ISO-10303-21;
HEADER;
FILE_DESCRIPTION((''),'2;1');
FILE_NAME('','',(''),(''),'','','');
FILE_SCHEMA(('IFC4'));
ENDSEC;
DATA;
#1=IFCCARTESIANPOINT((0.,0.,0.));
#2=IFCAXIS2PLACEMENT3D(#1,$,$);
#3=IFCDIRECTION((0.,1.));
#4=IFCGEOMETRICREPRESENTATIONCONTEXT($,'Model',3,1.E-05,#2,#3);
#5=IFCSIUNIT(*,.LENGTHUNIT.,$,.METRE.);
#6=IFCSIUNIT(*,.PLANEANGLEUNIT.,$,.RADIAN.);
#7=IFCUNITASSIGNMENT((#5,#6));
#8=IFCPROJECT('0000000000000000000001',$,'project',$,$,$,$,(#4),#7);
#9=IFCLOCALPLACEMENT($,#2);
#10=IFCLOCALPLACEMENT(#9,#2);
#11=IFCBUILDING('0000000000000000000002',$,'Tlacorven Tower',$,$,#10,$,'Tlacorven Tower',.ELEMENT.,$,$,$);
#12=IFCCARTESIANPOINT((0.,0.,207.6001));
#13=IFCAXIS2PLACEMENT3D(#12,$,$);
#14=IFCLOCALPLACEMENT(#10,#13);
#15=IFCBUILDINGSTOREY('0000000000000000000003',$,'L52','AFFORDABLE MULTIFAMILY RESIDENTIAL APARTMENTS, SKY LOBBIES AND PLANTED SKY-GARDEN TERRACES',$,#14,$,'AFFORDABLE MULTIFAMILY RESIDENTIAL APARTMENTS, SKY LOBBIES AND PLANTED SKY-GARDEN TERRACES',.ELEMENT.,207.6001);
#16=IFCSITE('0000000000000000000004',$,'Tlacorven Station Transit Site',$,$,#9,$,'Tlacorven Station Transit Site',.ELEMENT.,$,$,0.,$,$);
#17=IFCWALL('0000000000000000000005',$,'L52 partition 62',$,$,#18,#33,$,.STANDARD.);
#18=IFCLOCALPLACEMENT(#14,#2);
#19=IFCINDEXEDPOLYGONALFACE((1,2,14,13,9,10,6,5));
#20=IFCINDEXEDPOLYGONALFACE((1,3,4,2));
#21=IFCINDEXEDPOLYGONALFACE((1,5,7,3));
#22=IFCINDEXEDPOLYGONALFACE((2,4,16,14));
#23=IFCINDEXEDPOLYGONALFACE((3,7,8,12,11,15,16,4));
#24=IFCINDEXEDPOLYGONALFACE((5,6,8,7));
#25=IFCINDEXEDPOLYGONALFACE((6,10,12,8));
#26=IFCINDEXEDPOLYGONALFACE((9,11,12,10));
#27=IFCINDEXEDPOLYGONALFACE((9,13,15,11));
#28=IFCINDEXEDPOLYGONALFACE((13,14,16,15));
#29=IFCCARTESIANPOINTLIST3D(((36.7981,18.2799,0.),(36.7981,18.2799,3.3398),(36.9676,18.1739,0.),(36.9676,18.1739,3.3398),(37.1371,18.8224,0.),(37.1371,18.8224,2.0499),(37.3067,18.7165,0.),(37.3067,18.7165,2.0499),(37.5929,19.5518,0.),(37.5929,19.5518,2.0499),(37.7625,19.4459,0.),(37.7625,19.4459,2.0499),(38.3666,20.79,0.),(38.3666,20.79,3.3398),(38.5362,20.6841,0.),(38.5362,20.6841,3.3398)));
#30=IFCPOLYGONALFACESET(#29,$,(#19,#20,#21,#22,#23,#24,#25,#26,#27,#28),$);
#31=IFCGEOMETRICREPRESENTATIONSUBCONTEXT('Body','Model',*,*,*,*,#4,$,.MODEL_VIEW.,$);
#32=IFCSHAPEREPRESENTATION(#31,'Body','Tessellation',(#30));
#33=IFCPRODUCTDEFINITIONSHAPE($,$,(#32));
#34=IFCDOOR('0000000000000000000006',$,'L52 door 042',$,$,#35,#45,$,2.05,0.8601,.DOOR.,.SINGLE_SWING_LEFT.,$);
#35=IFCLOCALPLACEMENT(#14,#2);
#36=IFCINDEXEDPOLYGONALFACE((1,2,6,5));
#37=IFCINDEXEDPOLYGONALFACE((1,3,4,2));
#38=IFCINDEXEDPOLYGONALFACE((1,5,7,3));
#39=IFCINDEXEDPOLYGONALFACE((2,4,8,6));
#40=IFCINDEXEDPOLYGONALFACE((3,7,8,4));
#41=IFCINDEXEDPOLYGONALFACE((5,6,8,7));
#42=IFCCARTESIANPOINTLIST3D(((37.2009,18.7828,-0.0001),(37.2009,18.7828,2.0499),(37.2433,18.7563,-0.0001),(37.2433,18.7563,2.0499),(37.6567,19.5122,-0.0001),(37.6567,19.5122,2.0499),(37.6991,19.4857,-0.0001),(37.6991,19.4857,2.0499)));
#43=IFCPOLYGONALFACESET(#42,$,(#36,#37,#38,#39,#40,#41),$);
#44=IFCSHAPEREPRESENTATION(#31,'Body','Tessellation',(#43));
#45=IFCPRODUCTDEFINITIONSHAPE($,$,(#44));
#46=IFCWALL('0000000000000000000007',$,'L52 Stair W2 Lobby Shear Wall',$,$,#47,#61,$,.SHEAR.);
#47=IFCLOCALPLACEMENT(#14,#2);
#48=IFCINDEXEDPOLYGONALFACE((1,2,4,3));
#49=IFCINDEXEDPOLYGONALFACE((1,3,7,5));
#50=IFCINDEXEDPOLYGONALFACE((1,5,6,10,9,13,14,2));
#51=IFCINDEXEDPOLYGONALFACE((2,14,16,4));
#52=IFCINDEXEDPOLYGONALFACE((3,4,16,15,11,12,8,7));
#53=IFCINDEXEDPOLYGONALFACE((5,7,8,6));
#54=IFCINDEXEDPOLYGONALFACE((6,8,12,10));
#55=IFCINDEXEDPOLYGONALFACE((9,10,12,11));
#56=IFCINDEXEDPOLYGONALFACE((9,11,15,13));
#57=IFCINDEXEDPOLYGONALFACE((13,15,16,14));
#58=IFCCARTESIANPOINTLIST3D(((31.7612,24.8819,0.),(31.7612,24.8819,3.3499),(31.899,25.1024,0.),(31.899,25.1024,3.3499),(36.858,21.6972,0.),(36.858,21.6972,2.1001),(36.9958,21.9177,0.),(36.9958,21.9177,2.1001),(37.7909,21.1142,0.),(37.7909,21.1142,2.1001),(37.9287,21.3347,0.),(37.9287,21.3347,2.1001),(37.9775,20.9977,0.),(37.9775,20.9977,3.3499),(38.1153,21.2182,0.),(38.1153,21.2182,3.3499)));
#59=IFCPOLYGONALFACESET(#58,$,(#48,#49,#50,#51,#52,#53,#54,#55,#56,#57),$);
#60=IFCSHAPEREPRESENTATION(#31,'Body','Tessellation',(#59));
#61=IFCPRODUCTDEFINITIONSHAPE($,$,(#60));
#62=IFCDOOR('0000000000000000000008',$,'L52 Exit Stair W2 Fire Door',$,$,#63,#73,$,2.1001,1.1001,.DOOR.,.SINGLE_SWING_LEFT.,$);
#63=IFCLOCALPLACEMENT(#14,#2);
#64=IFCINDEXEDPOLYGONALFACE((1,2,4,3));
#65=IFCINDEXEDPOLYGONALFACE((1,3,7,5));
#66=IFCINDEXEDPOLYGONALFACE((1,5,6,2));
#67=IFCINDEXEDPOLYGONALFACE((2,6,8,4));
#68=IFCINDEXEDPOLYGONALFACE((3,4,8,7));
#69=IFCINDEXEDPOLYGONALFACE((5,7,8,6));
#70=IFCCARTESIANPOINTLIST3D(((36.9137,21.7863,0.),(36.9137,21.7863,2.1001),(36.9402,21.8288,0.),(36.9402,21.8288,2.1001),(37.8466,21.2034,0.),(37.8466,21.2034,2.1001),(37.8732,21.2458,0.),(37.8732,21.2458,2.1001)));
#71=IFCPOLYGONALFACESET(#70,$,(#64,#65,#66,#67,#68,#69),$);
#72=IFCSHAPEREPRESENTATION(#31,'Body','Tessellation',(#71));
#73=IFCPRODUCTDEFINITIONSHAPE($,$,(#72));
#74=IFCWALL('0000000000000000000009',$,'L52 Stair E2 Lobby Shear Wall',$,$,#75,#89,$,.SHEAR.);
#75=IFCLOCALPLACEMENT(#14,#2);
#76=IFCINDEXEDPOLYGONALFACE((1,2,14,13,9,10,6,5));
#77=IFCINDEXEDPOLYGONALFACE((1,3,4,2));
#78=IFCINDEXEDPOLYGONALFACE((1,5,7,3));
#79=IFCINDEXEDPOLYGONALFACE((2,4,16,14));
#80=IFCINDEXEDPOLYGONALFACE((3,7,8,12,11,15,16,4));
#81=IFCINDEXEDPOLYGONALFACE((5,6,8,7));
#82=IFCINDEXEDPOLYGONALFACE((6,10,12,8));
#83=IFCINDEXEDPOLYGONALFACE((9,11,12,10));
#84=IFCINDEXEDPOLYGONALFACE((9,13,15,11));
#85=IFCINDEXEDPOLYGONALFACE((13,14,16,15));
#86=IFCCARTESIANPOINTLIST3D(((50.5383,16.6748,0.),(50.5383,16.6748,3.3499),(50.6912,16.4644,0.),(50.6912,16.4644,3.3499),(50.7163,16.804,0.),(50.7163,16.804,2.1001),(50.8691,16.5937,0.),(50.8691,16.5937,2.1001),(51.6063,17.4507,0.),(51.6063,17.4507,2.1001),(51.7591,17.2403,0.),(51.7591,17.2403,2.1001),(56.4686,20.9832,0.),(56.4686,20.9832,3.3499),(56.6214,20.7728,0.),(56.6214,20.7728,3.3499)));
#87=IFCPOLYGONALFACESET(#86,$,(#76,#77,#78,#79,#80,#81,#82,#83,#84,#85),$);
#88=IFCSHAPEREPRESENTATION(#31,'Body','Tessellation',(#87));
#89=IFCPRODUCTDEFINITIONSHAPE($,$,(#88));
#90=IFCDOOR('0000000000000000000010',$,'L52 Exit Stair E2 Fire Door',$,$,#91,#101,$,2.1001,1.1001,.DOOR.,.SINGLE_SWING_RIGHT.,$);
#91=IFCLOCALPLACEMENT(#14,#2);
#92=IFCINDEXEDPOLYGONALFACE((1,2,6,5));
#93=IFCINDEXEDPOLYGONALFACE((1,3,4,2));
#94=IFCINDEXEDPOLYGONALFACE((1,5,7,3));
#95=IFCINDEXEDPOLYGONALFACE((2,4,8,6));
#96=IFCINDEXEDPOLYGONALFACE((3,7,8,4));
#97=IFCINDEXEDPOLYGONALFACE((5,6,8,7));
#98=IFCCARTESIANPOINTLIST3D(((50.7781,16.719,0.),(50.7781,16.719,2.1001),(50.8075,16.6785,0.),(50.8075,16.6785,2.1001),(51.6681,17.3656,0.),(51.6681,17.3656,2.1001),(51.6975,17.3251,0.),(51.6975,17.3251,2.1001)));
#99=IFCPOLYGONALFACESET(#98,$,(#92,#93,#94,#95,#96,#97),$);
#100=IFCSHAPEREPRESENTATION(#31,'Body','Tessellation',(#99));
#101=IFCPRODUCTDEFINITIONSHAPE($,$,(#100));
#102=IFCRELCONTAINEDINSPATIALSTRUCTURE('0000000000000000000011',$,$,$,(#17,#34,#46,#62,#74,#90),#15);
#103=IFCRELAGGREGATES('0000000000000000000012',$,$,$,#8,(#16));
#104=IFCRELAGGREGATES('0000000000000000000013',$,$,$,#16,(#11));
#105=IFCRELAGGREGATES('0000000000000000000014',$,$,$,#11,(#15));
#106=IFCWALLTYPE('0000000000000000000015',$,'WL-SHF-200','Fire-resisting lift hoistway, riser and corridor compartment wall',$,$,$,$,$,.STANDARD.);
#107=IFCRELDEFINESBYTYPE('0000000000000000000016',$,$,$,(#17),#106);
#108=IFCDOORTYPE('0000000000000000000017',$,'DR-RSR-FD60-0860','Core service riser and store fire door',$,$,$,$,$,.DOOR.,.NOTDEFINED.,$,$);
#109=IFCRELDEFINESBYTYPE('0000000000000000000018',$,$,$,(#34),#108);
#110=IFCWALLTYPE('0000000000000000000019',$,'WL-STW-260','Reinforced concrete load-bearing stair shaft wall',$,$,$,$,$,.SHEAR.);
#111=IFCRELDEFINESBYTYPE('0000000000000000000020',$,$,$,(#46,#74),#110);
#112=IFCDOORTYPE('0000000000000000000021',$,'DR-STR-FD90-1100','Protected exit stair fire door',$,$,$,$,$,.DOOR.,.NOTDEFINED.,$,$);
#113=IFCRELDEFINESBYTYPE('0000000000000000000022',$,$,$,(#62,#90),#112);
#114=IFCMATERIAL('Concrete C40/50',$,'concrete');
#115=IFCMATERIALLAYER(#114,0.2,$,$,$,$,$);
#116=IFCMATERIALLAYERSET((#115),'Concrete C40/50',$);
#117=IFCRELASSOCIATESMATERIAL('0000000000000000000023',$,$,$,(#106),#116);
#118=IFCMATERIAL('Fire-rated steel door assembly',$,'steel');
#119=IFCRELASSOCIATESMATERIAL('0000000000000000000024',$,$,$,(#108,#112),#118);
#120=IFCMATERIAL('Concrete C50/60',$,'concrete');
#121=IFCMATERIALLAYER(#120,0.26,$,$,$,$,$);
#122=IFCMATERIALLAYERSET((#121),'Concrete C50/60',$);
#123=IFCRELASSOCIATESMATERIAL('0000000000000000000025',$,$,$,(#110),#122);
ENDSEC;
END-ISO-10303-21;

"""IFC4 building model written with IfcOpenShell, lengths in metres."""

from ifc_helpers import new_model, si_unit, direction, frame, frame_2d, origin, place, context, subcontext, project, spatial, rectangle, extrude, source, transform, mapped, material, layer, layer_set, type_object, element, fill, save


model = new_model("IFC4")

# Units and contexts
model_context = context("Model", 3, precision=1e-05, world=origin(), true_north=direction((0.0, 1.0)))
body_context = subcontext(model_context, "Body", "Model", "MODEL_VIEW")
ifc_project = project(units=[si_unit("LENGTHUNIT", "METRE"), si_unit("PLANEANGLEUNIT", "RADIAN")], contexts=[model_context])

# Site, building, storey
site_placement = place(None, origin())
site = spatial("IfcSite", under=ifc_project, at=site_placement, Name="Tlacorven Station Transit Site", LongName="Tlacorven Station Transit Site", CompositionType="ELEMENT", RefElevation=0.0)
building_placement = place(site_placement, origin())
building = spatial("IfcBuilding", under=site, at=building_placement, Name="Tlacorven Tower", LongName="Tlacorven Tower", CompositionType="ELEMENT")
storey_placement = place(building_placement, frame((0.0, 0.0, 207.6001)))
storey = spatial("IfcBuildingStorey", under=building, at=storey_placement, Name="L52", Description="AFFORDABLE MULTIFAMILY RESIDENTIAL APARTMENTS, SKY LOBBIES AND PLANTED SKY-GARDEN TERRACES", LongName="AFFORDABLE MULTIFAMILY RESIDENTIAL APARTMENTS, SKY LOBBIES AND PLANTED SKY-GARDEN TERRACES", CompositionType="ELEMENT", Elevation=207.6001)

# Shared definitions
ifc_material_1 = material(Name="Concrete C50/60", Category="concrete")

# Shared definitions
ifc_material_2 = material(Name="Fire-rated steel door assembly", Category="steel")

# Walls, openings, doors
ifc_material_3 = material(Name="Concrete C40/50", Category="concrete")
ifc_layer_1 = layer(ifc_material_3, 0.2)
ifc_layer_set_1 = layer_set([ifc_layer_1], Name="Concrete C40/50")
wall_type_1 = type_object("IfcWallType", Name="WL-SHF-200", Description="Fire-resisting lift hoistway, riser and corridor compartment wall", PredefinedType="STANDARD", material=ifc_layer_set_1)
wall_1_placement = place(storey_placement, frame((38.4514, 20.7371, 0.0), z_axis=(0.0, 0.0, 1.0), x_axis=(-0.529925, -0.848045, 0.0)))
wall_1 = element("IfcWall", 1, at=wall_1_placement, inside=storey, type_object=wall_type_1, Name="L52 partition 62", PredefinedType="STANDARD", context=body_context, shape_type="SweptSolid", body=[
    extrude(rectangle(XDim=2.96, YDim=0.2, at=frame_2d((1.48, 0.0))), origin(), (0.0, 0.0, 1.0), 3.3398),
])
opening_1_placement = place(wall_1_placement, frame((1.46, 0.0, 0.0)))
opening_1 = element("IfcOpeningElement", 2, at=opening_1_placement, cuts=wall_1, PredefinedType="OPENING", context=body_context, shape_type="SweptSolid", body=[
    extrude(rectangle(XDim=0.8601, YDim=2.05, at=frame_2d((0.4302, 1.0249))), frame((0.0, 0.1099, 0.0), z_axis=(0.0, -1.0, 0.0), x_axis=(1.0, 0.0, 0.0)), (0.0, 0.0, 1.0), 0.22),
])
door_type_1 = type_object("IfcDoorType", Name="DR-RSR-FD60-0860", Description="Core service riser and store fire door", OperationType="NOTDEFINED", PredefinedType="DOOR", material=ifc_material_2)
shared_shape_1 = source(origin(), body_context, "Body", "SweptSolid", [
    extrude(rectangle(XDim=0.8601, YDim=2.05, at=frame_2d((0.4302, 1.0249))), frame((0.0, 0.0249, 0.0), z_axis=(0.0, -1.0, 0.0), x_axis=(1.0, 0.0, 0.0)), (0.0, 0.0, 1.0), 0.05),
])
door_1_placement = place(opening_1_placement, frame((0.8601, 0.0, 0.0), z_axis=(0.0, 0.0, 1.0), x_axis=(-1.0, 0.0, 0.0)))
door_1 = element("IfcDoor", 3, at=door_1_placement, inside=storey, type_object=door_type_1, Name="L52 door 042", OperationType="SINGLE_SWING_LEFT", OverallHeight=2.05, OverallWidth=0.8601, PredefinedType="DOOR", context=body_context, shape_type="MappedRepresentation", body=[
    mapped(shared_shape_1, transform((0.0, 0.0, 0.0), scale=1.0)),
])
fill(opening_1, door_1)
ifc_layer_2 = layer(ifc_material_1, 0.26)
ifc_layer_set_2 = layer_set([ifc_layer_2], Name="Concrete C50/60")
wall_type_2 = type_object("IfcWallType", Name="WL-STW-260", Description="Reinforced concrete load-bearing stair shaft wall", PredefinedType="SHEAR", material=ifc_layer_set_2)
wall_2_placement = place(storey_placement, frame((38.0464, 21.1079, 0.0), z_axis=(0.0, 0.0, 1.0), x_axis=(-0.848054, 0.529909, 0.0)))
wall_2 = element("IfcWall", 4, at=wall_2_placement, inside=storey, type_object=wall_type_2, Name="L52 Stair W2 Lobby Shear Wall", PredefinedType="SHEAR", context=body_context, shape_type="SweptSolid", body=[
    extrude(rectangle(XDim=7.3301, YDim=0.26, at=frame_2d((3.665, 0.0))), origin(), (0.0, 0.0, 1.0), 3.3499),
])
opening_2_placement = place(wall_2_placement, frame((0.22, 0.0, 0.0)))
opening_2 = element("IfcOpeningElement", 5, at=opening_2_placement, cuts=wall_2, PredefinedType="OPENING", context=body_context, shape_type="SweptSolid", body=[
    extrude(rectangle(XDim=1.1001, YDim=2.1001, at=frame_2d((0.55, 1.05))), frame((0.0, 0.1401, 0.0), z_axis=(0.0, -1.0, 0.0), x_axis=(1.0, 0.0, 0.0)), (0.0, 0.0, 1.0), 0.28),
])
door_type_2 = type_object("IfcDoorType", Name="DR-STR-FD90-1100", Description="Protected exit stair fire door", OperationType="NOTDEFINED", PredefinedType="DOOR", material=ifc_material_2)
shared_shape_2 = source(origin(), body_context, "Body", "SweptSolid", [
    extrude(rectangle(XDim=1.1001, YDim=2.1001, at=frame_2d((0.55, 1.05))), frame((0.0, 0.0249, 0.0), z_axis=(0.0, -1.0, 0.0), x_axis=(1.0, 0.0, 0.0)), (0.0, 0.0, 1.0), 0.05),
])
door_2_placement = place(opening_2_placement, origin())
door_2 = element("IfcDoor", 6, at=door_2_placement, inside=storey, type_object=door_type_2, Name="L52 Exit Stair W2 Fire Door", OperationType="SINGLE_SWING_LEFT", OverallHeight=2.1001, OverallWidth=1.1001, PredefinedType="DOOR", context=body_context, shape_type="MappedRepresentation", body=[
    mapped(shared_shape_2, transform((0.0, 0.0, 0.0), scale=1.0)),
])
fill(opening_2, door_2)
wall_3_placement = place(storey_placement, frame((50.6147, 16.5696, 0.0), z_axis=(0.0, 0.0, 1.0), x_axis=(0.809028, 0.58777, 0.0)))
wall_3 = element("IfcWall", 7, at=wall_3_placement, inside=storey, type_object=wall_type_2, Name="L52 Stair E2 Lobby Shear Wall", PredefinedType="SHEAR", context=body_context, shape_type="SweptSolid", body=[
    extrude(rectangle(XDim=7.3301, YDim=0.26, at=frame_2d((3.665, 0.0))), origin(), (0.0, 0.0, 1.0), 3.3499),
])
opening_3_placement = place(wall_3_placement, frame((0.22, 0.0, 0.0)))
opening_3 = element("IfcOpeningElement", 8, at=opening_3_placement, cuts=wall_3, PredefinedType="OPENING", context=body_context, shape_type="SweptSolid", body=[
    extrude(rectangle(XDim=1.1001, YDim=2.1001, at=frame_2d((0.55, 1.05))), frame((0.0, 0.1401, 0.0), z_axis=(0.0, -1.0, 0.0), x_axis=(1.0, 0.0, 0.0)), (0.0, 0.0, 1.0), 0.28),
])
door_3_placement = place(opening_3_placement, origin())
door_3 = element("IfcDoor", 9, at=door_3_placement, inside=storey, type_object=door_type_2, Name="L52 Exit Stair E2 Fire Door", OperationType="SINGLE_SWING_RIGHT", OverallHeight=2.1001, OverallWidth=1.1001, PredefinedType="DOOR", context=body_context, shape_type="MappedRepresentation", body=[
    mapped(shared_shape_2, transform((0.0, 0.0, 0.0), scale=1.0)),
])
fill(opening_3, door_3)

save(model, "model.ifc")
